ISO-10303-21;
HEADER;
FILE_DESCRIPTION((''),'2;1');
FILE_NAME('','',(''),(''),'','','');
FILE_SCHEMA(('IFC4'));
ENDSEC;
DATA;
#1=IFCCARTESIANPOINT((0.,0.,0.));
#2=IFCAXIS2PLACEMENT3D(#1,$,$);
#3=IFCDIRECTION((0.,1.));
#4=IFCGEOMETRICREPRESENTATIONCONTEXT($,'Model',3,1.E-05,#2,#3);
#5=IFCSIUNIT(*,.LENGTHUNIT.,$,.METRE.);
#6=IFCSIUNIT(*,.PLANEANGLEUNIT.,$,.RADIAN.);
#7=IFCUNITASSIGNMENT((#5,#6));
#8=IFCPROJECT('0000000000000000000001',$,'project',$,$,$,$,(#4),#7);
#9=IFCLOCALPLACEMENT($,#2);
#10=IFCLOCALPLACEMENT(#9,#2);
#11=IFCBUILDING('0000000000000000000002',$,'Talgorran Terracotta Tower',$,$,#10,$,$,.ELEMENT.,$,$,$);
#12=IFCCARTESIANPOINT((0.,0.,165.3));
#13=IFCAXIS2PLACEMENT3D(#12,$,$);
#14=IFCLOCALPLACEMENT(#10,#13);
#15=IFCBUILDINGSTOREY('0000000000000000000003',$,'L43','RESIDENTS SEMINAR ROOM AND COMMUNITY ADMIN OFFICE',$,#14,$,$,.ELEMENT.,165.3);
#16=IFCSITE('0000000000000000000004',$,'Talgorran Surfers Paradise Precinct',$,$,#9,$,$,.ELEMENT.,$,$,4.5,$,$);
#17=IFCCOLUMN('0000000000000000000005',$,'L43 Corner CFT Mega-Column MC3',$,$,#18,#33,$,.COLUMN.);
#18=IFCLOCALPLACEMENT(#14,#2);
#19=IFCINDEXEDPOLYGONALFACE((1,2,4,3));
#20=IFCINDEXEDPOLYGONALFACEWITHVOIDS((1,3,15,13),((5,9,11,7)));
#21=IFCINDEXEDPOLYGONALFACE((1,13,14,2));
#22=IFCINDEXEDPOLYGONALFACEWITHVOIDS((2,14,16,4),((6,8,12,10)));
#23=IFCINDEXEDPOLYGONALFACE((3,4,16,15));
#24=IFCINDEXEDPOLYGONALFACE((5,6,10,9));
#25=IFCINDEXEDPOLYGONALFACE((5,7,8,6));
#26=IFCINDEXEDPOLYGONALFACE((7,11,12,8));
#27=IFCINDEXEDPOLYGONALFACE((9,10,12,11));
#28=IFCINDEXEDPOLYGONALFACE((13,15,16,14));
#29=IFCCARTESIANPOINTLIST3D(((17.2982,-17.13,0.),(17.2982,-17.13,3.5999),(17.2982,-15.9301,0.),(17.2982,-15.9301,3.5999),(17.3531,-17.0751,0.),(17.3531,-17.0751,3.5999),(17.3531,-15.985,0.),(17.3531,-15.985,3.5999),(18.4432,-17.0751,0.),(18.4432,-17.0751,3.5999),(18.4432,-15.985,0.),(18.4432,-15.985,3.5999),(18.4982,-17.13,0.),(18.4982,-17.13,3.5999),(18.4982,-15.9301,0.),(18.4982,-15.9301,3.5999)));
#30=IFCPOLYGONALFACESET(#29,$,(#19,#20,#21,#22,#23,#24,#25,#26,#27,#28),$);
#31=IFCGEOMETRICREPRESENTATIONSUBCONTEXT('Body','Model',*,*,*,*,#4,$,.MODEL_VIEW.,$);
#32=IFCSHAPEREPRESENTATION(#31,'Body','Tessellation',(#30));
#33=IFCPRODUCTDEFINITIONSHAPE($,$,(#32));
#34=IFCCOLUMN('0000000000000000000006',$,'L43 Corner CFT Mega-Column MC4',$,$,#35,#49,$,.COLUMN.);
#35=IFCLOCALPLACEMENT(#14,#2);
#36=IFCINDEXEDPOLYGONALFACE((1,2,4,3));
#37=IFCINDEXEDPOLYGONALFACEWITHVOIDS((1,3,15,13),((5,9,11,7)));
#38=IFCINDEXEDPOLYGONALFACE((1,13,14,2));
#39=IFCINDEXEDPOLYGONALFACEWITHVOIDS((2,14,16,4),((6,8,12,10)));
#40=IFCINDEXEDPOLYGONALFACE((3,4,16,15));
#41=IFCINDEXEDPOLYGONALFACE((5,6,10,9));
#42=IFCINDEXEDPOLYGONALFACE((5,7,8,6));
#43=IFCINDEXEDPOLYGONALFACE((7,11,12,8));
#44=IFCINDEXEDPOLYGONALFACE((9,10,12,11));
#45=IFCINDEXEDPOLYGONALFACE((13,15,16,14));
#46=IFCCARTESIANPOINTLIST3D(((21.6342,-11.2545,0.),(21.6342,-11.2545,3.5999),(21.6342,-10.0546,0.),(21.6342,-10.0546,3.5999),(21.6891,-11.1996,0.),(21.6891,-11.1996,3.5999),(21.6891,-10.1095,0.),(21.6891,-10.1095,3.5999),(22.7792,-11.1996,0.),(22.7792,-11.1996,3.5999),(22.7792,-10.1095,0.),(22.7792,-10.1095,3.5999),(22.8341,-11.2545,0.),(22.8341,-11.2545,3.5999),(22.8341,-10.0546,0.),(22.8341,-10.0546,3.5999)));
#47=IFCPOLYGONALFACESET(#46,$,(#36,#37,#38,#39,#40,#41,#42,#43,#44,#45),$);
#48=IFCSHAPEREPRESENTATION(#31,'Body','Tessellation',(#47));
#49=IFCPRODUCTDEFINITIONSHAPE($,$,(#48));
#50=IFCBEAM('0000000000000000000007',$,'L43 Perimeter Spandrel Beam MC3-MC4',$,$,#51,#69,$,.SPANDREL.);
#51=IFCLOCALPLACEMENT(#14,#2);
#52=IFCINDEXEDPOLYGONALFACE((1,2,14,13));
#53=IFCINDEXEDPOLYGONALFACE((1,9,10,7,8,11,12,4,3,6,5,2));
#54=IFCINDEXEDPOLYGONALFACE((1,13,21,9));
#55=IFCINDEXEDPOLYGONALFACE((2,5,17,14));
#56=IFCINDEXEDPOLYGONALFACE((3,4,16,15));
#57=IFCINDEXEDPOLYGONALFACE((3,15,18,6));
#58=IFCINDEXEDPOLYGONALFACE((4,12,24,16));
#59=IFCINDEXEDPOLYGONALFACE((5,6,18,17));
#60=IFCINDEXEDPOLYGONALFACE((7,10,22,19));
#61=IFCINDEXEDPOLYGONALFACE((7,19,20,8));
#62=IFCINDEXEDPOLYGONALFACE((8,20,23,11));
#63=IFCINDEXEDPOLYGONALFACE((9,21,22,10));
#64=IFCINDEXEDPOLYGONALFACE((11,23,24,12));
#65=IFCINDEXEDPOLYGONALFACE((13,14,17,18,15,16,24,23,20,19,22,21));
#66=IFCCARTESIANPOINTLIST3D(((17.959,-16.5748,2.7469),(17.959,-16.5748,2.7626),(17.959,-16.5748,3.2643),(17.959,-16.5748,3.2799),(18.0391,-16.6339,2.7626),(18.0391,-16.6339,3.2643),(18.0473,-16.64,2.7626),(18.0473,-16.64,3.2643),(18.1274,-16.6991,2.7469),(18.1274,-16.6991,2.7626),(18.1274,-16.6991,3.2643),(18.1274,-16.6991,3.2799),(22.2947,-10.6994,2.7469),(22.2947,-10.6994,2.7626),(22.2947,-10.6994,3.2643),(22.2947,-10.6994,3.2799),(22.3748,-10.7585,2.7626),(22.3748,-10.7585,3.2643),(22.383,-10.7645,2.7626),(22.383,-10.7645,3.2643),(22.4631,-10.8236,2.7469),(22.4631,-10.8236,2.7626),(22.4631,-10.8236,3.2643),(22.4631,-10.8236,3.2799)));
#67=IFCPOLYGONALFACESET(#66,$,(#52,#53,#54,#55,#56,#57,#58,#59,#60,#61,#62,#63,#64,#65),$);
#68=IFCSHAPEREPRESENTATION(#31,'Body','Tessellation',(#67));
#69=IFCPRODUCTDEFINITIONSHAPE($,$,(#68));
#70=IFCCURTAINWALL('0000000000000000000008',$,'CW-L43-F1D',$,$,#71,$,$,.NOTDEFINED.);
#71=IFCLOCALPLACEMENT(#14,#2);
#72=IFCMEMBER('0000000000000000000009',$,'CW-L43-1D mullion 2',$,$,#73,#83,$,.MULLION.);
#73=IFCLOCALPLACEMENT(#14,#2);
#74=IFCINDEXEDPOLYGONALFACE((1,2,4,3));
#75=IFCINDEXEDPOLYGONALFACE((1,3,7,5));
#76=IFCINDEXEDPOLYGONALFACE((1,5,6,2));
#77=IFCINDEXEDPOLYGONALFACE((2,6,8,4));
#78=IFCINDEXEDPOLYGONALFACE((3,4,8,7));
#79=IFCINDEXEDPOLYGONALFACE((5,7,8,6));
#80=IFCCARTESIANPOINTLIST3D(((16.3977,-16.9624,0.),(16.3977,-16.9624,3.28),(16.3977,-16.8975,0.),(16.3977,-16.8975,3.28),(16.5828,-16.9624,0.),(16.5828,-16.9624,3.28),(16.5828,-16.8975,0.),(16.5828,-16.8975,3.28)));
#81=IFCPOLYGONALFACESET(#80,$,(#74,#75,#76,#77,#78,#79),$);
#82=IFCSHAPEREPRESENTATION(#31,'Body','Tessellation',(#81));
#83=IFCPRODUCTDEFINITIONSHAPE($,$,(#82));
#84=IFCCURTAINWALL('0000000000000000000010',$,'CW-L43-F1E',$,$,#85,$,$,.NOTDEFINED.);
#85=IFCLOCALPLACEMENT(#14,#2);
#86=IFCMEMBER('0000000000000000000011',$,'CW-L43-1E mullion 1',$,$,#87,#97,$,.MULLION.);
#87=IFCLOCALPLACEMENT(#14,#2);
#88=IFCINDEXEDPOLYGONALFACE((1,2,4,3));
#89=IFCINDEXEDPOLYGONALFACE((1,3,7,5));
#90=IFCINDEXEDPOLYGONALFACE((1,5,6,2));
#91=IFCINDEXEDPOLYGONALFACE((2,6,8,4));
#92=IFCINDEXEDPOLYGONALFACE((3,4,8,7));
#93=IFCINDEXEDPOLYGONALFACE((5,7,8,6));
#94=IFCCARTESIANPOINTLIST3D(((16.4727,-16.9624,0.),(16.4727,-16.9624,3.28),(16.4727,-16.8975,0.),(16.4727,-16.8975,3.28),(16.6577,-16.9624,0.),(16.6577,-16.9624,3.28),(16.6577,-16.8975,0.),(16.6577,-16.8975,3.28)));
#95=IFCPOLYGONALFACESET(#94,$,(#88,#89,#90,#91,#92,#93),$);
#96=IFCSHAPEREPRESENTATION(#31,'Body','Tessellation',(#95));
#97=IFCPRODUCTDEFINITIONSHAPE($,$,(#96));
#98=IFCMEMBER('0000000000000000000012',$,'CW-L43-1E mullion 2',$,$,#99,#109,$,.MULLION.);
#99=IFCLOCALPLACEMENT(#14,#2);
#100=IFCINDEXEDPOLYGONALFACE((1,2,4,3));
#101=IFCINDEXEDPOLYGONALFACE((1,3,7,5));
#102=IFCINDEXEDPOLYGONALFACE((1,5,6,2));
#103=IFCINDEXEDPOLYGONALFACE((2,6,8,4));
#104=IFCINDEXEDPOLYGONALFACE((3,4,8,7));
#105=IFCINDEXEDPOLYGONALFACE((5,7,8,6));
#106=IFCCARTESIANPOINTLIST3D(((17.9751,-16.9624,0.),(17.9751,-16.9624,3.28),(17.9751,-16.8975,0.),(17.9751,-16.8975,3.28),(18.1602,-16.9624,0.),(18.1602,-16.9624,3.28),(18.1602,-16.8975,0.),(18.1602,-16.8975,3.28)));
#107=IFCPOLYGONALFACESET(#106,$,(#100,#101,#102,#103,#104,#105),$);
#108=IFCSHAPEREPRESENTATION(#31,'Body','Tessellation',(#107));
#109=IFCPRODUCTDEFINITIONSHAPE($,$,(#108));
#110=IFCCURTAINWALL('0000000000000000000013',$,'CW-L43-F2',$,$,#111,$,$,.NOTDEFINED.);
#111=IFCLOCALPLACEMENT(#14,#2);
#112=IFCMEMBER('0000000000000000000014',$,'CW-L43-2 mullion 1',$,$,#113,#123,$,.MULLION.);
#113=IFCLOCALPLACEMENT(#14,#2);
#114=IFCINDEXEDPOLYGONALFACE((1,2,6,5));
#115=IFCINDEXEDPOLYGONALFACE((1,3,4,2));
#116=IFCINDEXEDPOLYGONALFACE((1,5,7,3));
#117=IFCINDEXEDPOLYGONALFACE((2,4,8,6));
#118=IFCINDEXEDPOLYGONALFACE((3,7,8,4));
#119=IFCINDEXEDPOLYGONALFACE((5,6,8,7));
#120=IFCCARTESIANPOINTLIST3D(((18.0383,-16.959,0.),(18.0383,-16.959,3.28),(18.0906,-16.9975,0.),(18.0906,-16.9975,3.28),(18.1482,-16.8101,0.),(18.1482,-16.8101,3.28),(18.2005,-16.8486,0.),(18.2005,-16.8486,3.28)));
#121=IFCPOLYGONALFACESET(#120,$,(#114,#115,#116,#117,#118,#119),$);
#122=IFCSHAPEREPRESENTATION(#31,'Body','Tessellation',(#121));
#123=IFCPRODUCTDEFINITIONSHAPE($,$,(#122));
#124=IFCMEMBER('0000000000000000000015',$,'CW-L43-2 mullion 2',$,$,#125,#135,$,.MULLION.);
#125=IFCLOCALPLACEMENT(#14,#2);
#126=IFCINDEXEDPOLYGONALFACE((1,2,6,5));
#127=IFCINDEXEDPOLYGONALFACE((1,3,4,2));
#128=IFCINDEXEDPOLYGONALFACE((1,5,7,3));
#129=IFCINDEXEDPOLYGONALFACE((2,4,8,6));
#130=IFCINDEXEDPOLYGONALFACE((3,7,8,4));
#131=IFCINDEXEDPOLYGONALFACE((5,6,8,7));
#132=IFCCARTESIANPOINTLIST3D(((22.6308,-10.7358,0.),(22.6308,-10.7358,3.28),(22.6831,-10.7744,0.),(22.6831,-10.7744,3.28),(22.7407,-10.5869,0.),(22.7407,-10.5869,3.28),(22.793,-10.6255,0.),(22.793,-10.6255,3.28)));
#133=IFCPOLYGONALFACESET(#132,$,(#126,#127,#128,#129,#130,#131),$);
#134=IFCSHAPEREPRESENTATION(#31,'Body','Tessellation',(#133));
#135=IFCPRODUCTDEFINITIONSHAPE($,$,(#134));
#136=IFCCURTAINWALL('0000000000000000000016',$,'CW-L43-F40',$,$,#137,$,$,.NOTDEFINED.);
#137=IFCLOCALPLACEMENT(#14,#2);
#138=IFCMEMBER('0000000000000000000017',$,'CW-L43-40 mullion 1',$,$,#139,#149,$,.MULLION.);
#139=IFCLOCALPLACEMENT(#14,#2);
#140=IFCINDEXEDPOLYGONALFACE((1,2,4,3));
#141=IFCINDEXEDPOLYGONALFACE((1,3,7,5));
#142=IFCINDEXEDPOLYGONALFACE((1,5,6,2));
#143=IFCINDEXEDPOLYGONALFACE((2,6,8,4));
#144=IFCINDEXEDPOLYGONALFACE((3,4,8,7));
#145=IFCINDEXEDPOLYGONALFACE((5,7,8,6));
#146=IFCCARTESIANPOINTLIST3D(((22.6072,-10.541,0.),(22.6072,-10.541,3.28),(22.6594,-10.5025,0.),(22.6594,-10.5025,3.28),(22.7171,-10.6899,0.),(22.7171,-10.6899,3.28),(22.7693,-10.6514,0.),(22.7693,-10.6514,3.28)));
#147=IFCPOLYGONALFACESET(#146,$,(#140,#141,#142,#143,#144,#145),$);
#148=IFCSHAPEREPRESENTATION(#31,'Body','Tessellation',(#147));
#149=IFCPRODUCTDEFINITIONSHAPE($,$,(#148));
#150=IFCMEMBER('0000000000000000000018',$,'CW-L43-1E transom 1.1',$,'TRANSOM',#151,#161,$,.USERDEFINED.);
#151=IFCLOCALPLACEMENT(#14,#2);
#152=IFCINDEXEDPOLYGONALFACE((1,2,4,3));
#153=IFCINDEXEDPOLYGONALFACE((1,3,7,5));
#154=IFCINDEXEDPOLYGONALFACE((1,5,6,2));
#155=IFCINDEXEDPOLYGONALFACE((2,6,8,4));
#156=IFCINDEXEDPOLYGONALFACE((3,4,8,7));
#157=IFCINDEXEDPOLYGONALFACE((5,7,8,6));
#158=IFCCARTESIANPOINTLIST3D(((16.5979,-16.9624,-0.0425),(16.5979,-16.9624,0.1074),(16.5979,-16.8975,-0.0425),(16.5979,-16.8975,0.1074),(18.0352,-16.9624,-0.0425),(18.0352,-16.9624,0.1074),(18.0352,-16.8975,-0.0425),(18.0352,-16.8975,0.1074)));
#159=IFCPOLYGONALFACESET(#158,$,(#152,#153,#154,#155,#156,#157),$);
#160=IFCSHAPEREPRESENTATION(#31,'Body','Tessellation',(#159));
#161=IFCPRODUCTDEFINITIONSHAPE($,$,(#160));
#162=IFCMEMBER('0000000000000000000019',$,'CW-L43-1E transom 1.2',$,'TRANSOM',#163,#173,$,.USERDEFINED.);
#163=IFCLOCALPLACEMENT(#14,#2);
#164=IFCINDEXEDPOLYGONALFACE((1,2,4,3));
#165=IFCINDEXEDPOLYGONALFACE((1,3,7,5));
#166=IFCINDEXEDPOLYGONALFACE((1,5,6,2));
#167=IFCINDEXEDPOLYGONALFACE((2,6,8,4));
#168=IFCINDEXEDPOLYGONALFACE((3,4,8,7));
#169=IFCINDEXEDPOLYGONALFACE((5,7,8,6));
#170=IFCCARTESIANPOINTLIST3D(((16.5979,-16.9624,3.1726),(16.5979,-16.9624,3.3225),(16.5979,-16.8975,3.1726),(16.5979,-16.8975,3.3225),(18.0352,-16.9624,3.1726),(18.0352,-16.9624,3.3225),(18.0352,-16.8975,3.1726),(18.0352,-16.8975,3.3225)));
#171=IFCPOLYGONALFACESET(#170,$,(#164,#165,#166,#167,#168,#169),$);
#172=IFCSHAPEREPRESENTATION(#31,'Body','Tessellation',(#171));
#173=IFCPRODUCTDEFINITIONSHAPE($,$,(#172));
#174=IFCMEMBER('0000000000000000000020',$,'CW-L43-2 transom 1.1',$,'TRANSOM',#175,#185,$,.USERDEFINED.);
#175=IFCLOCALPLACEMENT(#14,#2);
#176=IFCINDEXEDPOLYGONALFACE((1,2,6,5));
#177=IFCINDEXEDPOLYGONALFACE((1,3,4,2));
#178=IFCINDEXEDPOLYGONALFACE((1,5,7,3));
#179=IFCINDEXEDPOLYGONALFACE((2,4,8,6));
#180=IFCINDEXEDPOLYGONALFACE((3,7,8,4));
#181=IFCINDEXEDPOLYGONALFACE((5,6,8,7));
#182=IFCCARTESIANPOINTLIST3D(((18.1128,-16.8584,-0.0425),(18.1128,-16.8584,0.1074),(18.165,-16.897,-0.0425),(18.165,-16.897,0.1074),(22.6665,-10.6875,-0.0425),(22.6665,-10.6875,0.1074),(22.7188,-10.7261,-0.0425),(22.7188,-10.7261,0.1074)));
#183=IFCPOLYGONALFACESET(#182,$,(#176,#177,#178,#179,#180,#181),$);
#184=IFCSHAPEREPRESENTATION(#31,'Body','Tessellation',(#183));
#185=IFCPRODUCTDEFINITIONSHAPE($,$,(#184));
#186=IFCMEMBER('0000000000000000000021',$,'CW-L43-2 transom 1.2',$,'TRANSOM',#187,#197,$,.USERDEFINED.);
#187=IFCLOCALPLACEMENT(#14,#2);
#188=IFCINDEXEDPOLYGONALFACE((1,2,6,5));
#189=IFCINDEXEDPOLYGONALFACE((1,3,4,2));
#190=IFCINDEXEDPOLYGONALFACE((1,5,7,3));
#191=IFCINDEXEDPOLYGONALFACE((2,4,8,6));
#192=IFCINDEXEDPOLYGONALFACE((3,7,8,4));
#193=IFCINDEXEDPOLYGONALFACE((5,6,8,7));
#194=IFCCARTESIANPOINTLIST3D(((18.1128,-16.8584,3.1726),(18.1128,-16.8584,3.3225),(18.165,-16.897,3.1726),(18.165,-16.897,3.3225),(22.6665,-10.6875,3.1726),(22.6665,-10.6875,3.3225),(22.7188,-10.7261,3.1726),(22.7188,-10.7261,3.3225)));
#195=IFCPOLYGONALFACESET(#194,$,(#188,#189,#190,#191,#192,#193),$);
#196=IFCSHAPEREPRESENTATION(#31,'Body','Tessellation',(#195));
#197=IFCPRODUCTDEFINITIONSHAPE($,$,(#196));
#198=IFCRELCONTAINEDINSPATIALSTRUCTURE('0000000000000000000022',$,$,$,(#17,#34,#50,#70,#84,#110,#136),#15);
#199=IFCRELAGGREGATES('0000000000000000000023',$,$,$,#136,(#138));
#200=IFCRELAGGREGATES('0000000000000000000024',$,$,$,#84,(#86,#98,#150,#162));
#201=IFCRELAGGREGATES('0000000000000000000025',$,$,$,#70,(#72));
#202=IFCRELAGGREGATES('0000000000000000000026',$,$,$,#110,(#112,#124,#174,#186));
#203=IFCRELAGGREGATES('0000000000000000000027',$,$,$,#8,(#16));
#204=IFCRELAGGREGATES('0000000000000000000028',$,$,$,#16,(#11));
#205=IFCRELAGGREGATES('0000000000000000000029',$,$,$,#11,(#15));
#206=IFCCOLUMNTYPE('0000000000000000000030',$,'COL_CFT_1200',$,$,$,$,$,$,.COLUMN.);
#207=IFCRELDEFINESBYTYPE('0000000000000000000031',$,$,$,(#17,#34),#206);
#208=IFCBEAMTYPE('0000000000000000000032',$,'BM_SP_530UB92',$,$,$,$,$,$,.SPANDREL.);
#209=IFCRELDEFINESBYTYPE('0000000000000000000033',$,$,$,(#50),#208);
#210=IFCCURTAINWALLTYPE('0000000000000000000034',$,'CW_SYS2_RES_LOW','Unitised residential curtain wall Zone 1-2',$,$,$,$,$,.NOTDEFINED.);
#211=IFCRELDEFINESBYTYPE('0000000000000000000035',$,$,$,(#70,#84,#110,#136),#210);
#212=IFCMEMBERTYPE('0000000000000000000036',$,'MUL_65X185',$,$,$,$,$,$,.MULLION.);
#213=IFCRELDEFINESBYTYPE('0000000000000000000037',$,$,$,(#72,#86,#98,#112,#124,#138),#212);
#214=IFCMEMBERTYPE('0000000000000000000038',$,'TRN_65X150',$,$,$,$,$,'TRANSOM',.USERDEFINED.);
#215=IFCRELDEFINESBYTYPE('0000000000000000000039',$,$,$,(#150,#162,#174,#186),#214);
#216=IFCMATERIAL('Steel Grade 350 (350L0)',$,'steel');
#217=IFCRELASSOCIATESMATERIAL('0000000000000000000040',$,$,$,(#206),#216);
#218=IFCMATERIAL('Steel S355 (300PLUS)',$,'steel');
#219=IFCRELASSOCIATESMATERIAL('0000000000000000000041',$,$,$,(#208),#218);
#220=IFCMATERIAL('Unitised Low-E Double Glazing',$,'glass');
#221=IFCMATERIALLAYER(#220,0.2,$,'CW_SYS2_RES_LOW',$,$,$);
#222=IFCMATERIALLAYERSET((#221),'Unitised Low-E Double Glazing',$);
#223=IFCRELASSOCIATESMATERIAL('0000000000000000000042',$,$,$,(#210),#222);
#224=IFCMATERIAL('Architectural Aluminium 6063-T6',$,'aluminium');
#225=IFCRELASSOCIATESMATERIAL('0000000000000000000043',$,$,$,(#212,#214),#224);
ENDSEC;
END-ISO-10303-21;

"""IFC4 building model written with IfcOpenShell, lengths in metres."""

from ifc_helpers import new_model, si_unit, direction, frame, origin, origin_2d, place, context, subcontext, project, spatial, rectangle, hollow_rectangle, i_section, extrude, material, layer, layer_set, material_profile, profile_set, type_object, element, aggregate, save


model = new_model("IFC4")

# Units and contexts
model_context = context("Model", 3, precision=1e-05, world=origin(), true_north=direction((0.0, 1.0)))
body_context = subcontext(model_context, "Body", "Model", "MODEL_VIEW")
ifc_project = project(units=[si_unit("LENGTHUNIT", "METRE"), si_unit("PLANEANGLEUNIT", "RADIAN")], contexts=[model_context])

# Site, building, storey
site_placement = place(None, origin())
site = spatial("IfcSite", under=ifc_project, at=site_placement, Name="Talgorran Surfers Paradise Precinct", CompositionType="ELEMENT", RefElevation=4.5)
building_placement = place(site_placement, origin())
building = spatial("IfcBuilding", under=site, at=building_placement, Name="Talgorran Terracotta Tower", CompositionType="ELEMENT")
storey_placement = place(building_placement, frame((0.0, 0.0, 165.3)))
storey = spatial("IfcBuildingStorey", under=building, at=storey_placement, Name="L43", Description="RESIDENTS SEMINAR ROOM AND COMMUNITY ADMIN OFFICE", CompositionType="ELEMENT", Elevation=165.3)

# Columns
ifc_material_1 = material(Name="Steel Grade 350 (350L0)", Category="steel")
ifc_material_profile_1 = material_profile(ifc_material_1, hollow_rectangle(XDim=1.2, YDim=1.2, WallThickness=0.0549, at=origin_2d()), Name="CFT1200X1200X55")
ifc_profile_set_1 = profile_set([ifc_material_profile_1], Name="Steel Grade 350 (350L0)")
column_type = type_object("IfcColumnType", Name="COL_CFT_1200", PredefinedType="COLUMN", material=ifc_profile_set_1)
for number, where, z_axis, x_axis, name in (
    (1, (17.8982, -16.53, 0.0), (0.0, 0.0, 1.0), (1.0, 0.0, 0.0), "L43 Corner CFT Mega-Column MC3"),
    (2, (22.2341, -10.6545, 0.0), (0.0, 0.0, 1.0), (1.0, 0.0, 0.0), "L43 Corner CFT Mega-Column MC4"),
):
    element("IfcColumn", number, at=place(storey_placement, frame(where, z_axis=z_axis, x_axis=x_axis)), inside=storey, type_object=column_type, Name=name, PredefinedType="COLUMN", context=body_context, shape_type="SweptSolid", body=[
        extrude(hollow_rectangle(XDim=1.2, YDim=1.2, WallThickness=0.0549, at=origin_2d()), origin(), (0.0, 0.0, 1.0), 3.5999),
    ])

# Beam
ifc_material_2 = material(Name="Steel S355 (300PLUS)", Category="steel")
ifc_material_profile_2 = material_profile(ifc_material_2, i_section(OverallWidth=0.2092, OverallDepth=0.533, WebThickness=0.0103, FlangeThickness=0.0156, at=origin_2d()), Name="530UB92.4")
ifc_profile_set_2 = profile_set([ifc_material_profile_2], Name="Steel S355 (300PLUS)")
beam_type = type_object("IfcBeamType", Name="BM_SP_530UB92", PredefinedType="SPANDREL", material=ifc_profile_set_2)
beam_placement = place(storey_placement, frame((18.0432, -16.637, 3.0134), z_axis=(0.593766, 0.804638, 0.0), x_axis=(-0.804638, 0.593766, 0.0)))
element("IfcBeam", 3, at=beam_placement, inside=storey, type_object=beam_type, Name="L43 Perimeter Spandrel Beam MC3-MC4", PredefinedType="SPANDREL", context=body_context, shape_type="SweptSolid", body=[
    extrude(i_section(OverallWidth=0.2092, OverallDepth=0.533, WebThickness=0.0103, FlangeThickness=0.0156, at=origin_2d()), origin(), (0.0, 0.0, 1.0), 7.302),
])

# Curtain wall, member
ifc_material_3 = material(Name="Unitised Low-E Double Glazing", Category="glass")
ifc_layer_1 = layer(ifc_material_3, 0.2, Name="CW_SYS2_RES_LOW")
ifc_layer_set_1 = layer_set([ifc_layer_1], Name="Unitised Low-E Double Glazing")
curtain_wall_type = type_object("IfcCurtainWallType", Name="CW_SYS2_RES_LOW", Description="Unitised residential curtain wall Zone 1-2", PredefinedType="NOTDEFINED", material=ifc_layer_set_1)
curtain_wall_1_placement = place(storey_placement, origin())
curtain_wall_1 = element("IfcCurtainWall", 4, at=curtain_wall_1_placement, inside=storey, type_object=curtain_wall_type, Name="CW-L43-F1D", PredefinedType="NOTDEFINED")
ifc_material_4 = material(Name="Architectural Aluminium 6063-T6", Category="aluminium")
ifc_material_profile_3 = material_profile(ifc_material_4, rectangle(XDim=0.0649, YDim=0.1851, at=origin_2d()), Name="CWM65X185")
ifc_profile_set_3 = profile_set([ifc_material_profile_3], Name="Architectural Aluminium 6063-T6")
member_type_1 = type_object("IfcMemberType", Name="MUL_65X185", PredefinedType="MULLION", material=ifc_profile_set_3)
member_1_placement = place(storey_placement, frame((16.4902, -16.9299, 0.0), z_axis=(0.0, 0.0, 1.0), x_axis=(0.0, 1.0, 0.0)))
member_1 = element("IfcMember", 5, at=member_1_placement, type_object=member_type_1, Name="CW-L43-1D mullion 2", PredefinedType="MULLION", context=body_context, shape_type="SweptSolid", body=[
    extrude(rectangle(XDim=0.0649, YDim=0.1851, at=origin_2d()), origin(), (0.0, 0.0, 1.0), 3.28),
])

# Curtain walls, members
curtain_wall_2_placement = place(storey_placement, origin())
curtain_wall_2 = element("IfcCurtainWall", 6, at=curtain_wall_2_placement, inside=storey, type_object=curtain_wall_type, Name="CW-L43-F1E", PredefinedType="NOTDEFINED")
member_2_placement = place(storey_placement, frame((16.5652, -16.9299, 0.0), z_axis=(0.0, 0.0, 1.0), x_axis=(0.0, 1.0, 0.0)))
member_2 = element("IfcMember", 7, at=member_2_placement, type_object=member_type_1, Name="CW-L43-1E mullion 1", PredefinedType="MULLION", context=body_context, shape_type="SweptSolid", body=[
    extrude(rectangle(XDim=0.0649, YDim=0.1851, at=origin_2d()), origin(), (0.0, 0.0, 1.0), 3.28),
])
member_3_placement = place(storey_placement, frame((18.0676, -16.9299, 0.0), z_axis=(0.0, 0.0, 1.0), x_axis=(0.0, 1.0, 0.0)))
member_3 = element("IfcMember", 8, at=member_3_placement, type_object=member_type_1, Name="CW-L43-1E mullion 2", PredefinedType="MULLION", context=body_context, shape_type="SweptSolid", body=[
    extrude(rectangle(XDim=0.0649, YDim=0.1851, at=origin_2d()), origin(), (0.0, 0.0, 1.0), 3.28),
])
curtain_wall_3_placement = place(storey_placement, origin())
curtain_wall_3 = element("IfcCurtainWall", 9, at=curtain_wall_3_placement, inside=storey, type_object=curtain_wall_type, Name="CW-L43-F2", PredefinedType="NOTDEFINED")
member_4_placement = place(storey_placement, frame((18.1194, -16.9038, 0.0), z_axis=(0.0, 0.0, 1.0), x_axis=(-0.80462, 0.593791, 0.0)))
member_4 = element("IfcMember", 10, at=member_4_placement, type_object=member_type_1, Name="CW-L43-2 mullion 1", PredefinedType="MULLION", context=body_context, shape_type="SweptSolid", body=[
    extrude(rectangle(XDim=0.0649, YDim=0.1851, at=origin_2d()), origin(), (0.0, 0.0, 1.0), 3.28),
])
member_5_placement = place(storey_placement, frame((22.7119, -10.6807, 0.0), z_axis=(0.0, 0.0, 1.0), x_axis=(-0.80462, 0.593791, 0.0)))
member_5 = element("IfcMember", 11, at=member_5_placement, type_object=member_type_1, Name="CW-L43-2 mullion 2", PredefinedType="MULLION", context=body_context, shape_type="SweptSolid", body=[
    extrude(rectangle(XDim=0.0649, YDim=0.1851, at=origin_2d()), origin(), (0.0, 0.0, 1.0), 3.28),
])

# Curtain wall, member
curtain_wall_4_placement = place(storey_placement, origin())
curtain_wall_4 = element("IfcCurtainWall", 12, at=curtain_wall_4_placement, inside=storey, type_object=curtain_wall_type, Name="CW-L43-F40", PredefinedType="NOTDEFINED")
member_6_placement = place(storey_placement, frame((22.6882, -10.5962, 0.0), z_axis=(0.0, 0.0, 1.0), x_axis=(-0.804602, -0.593814, 0.0)))
member_6 = element("IfcMember", 13, at=member_6_placement, type_object=member_type_1, Name="CW-L43-40 mullion 1", PredefinedType="MULLION", context=body_context, shape_type="SweptSolid", body=[
    extrude(rectangle(XDim=0.0649, YDim=0.1851, at=origin_2d()), origin(), (0.0, 0.0, 1.0), 3.28),
])
aggregate(curtain_wall_4, [member_6])

# Members
ifc_material_profile_4 = material_profile(ifc_material_4, rectangle(XDim=0.0649, YDim=0.1499, at=origin_2d()), Name="CWT65X150")
ifc_profile_set_4 = profile_set([ifc_material_profile_4], Name="Architectural Aluminium 6063-T6")
member_type_2 = type_object("IfcMemberType", Name="TRN_65X150", ElementType="TRANSOM", PredefinedType="USERDEFINED", material=ifc_profile_set_4)
member_7_placement = place(storey_placement, frame((16.5979, -16.9299, 0.0325), z_axis=(1.0, 0.0, 0.0), x_axis=(0.0, 1.0, 0.0)))
member_7 = element("IfcMember", 14, at=member_7_placement, type_object=member_type_2, Name="CW-L43-1E transom 1.1", ObjectType="TRANSOM", PredefinedType="USERDEFINED", context=body_context, shape_type="SweptSolid", body=[
    extrude(rectangle(XDim=0.0649, YDim=0.1499, at=origin_2d()), origin(), (0.0, 0.0, 1.0), 1.4373),
])
member_8_placement = place(storey_placement, frame((16.5979, -16.9299, 3.2476), z_axis=(1.0, 0.0, 0.0), x_axis=(0.0, 1.0, 0.0)))
member_8 = element("IfcMember", 15, at=member_8_placement, type_object=member_type_2, Name="CW-L43-1E transom 1.2", ObjectType="TRANSOM", PredefinedType="USERDEFINED", context=body_context, shape_type="SweptSolid", body=[
    extrude(rectangle(XDim=0.0649, YDim=0.1499, at=origin_2d()), origin(), (0.0, 0.0, 1.0), 1.4373),
])
member_9_placement = place(storey_placement, frame((18.1389, -16.8777, 0.0325), z_axis=(0.593768, 0.804636, 0.0), x_axis=(-0.804636, 0.593768, 0.0)))
member_9 = element("IfcMember", 16, at=member_9_placement, type_object=member_type_2, Name="CW-L43-2 transom 1.1", ObjectType="TRANSOM", PredefinedType="USERDEFINED", context=body_context, shape_type="SweptSolid", body=[
    extrude(rectangle(XDim=0.0649, YDim=0.1499, at=origin_2d()), origin(), (0.0, 0.0, 1.0), 7.6692),
])
member_10_placement = place(storey_placement, frame((18.1389, -16.8777, 3.2476), z_axis=(0.593768, 0.804636, 0.0), x_axis=(-0.804636, 0.593768, 0.0)))
member_10 = element("IfcMember", 17, at=member_10_placement, type_object=member_type_2, Name="CW-L43-2 transom 1.2", ObjectType="TRANSOM", PredefinedType="USERDEFINED", context=body_context, shape_type="SweptSolid", body=[
    extrude(rectangle(XDim=0.0649, YDim=0.1499, at=origin_2d()), origin(), (0.0, 0.0, 1.0), 7.6692),
])

aggregate(curtain_wall_2, [member_2, member_3, member_7, member_8])
aggregate(curtain_wall_1, [member_1])
aggregate(curtain_wall_3, [member_4, member_5, member_9, member_10])

save(model, "model.ifc")
